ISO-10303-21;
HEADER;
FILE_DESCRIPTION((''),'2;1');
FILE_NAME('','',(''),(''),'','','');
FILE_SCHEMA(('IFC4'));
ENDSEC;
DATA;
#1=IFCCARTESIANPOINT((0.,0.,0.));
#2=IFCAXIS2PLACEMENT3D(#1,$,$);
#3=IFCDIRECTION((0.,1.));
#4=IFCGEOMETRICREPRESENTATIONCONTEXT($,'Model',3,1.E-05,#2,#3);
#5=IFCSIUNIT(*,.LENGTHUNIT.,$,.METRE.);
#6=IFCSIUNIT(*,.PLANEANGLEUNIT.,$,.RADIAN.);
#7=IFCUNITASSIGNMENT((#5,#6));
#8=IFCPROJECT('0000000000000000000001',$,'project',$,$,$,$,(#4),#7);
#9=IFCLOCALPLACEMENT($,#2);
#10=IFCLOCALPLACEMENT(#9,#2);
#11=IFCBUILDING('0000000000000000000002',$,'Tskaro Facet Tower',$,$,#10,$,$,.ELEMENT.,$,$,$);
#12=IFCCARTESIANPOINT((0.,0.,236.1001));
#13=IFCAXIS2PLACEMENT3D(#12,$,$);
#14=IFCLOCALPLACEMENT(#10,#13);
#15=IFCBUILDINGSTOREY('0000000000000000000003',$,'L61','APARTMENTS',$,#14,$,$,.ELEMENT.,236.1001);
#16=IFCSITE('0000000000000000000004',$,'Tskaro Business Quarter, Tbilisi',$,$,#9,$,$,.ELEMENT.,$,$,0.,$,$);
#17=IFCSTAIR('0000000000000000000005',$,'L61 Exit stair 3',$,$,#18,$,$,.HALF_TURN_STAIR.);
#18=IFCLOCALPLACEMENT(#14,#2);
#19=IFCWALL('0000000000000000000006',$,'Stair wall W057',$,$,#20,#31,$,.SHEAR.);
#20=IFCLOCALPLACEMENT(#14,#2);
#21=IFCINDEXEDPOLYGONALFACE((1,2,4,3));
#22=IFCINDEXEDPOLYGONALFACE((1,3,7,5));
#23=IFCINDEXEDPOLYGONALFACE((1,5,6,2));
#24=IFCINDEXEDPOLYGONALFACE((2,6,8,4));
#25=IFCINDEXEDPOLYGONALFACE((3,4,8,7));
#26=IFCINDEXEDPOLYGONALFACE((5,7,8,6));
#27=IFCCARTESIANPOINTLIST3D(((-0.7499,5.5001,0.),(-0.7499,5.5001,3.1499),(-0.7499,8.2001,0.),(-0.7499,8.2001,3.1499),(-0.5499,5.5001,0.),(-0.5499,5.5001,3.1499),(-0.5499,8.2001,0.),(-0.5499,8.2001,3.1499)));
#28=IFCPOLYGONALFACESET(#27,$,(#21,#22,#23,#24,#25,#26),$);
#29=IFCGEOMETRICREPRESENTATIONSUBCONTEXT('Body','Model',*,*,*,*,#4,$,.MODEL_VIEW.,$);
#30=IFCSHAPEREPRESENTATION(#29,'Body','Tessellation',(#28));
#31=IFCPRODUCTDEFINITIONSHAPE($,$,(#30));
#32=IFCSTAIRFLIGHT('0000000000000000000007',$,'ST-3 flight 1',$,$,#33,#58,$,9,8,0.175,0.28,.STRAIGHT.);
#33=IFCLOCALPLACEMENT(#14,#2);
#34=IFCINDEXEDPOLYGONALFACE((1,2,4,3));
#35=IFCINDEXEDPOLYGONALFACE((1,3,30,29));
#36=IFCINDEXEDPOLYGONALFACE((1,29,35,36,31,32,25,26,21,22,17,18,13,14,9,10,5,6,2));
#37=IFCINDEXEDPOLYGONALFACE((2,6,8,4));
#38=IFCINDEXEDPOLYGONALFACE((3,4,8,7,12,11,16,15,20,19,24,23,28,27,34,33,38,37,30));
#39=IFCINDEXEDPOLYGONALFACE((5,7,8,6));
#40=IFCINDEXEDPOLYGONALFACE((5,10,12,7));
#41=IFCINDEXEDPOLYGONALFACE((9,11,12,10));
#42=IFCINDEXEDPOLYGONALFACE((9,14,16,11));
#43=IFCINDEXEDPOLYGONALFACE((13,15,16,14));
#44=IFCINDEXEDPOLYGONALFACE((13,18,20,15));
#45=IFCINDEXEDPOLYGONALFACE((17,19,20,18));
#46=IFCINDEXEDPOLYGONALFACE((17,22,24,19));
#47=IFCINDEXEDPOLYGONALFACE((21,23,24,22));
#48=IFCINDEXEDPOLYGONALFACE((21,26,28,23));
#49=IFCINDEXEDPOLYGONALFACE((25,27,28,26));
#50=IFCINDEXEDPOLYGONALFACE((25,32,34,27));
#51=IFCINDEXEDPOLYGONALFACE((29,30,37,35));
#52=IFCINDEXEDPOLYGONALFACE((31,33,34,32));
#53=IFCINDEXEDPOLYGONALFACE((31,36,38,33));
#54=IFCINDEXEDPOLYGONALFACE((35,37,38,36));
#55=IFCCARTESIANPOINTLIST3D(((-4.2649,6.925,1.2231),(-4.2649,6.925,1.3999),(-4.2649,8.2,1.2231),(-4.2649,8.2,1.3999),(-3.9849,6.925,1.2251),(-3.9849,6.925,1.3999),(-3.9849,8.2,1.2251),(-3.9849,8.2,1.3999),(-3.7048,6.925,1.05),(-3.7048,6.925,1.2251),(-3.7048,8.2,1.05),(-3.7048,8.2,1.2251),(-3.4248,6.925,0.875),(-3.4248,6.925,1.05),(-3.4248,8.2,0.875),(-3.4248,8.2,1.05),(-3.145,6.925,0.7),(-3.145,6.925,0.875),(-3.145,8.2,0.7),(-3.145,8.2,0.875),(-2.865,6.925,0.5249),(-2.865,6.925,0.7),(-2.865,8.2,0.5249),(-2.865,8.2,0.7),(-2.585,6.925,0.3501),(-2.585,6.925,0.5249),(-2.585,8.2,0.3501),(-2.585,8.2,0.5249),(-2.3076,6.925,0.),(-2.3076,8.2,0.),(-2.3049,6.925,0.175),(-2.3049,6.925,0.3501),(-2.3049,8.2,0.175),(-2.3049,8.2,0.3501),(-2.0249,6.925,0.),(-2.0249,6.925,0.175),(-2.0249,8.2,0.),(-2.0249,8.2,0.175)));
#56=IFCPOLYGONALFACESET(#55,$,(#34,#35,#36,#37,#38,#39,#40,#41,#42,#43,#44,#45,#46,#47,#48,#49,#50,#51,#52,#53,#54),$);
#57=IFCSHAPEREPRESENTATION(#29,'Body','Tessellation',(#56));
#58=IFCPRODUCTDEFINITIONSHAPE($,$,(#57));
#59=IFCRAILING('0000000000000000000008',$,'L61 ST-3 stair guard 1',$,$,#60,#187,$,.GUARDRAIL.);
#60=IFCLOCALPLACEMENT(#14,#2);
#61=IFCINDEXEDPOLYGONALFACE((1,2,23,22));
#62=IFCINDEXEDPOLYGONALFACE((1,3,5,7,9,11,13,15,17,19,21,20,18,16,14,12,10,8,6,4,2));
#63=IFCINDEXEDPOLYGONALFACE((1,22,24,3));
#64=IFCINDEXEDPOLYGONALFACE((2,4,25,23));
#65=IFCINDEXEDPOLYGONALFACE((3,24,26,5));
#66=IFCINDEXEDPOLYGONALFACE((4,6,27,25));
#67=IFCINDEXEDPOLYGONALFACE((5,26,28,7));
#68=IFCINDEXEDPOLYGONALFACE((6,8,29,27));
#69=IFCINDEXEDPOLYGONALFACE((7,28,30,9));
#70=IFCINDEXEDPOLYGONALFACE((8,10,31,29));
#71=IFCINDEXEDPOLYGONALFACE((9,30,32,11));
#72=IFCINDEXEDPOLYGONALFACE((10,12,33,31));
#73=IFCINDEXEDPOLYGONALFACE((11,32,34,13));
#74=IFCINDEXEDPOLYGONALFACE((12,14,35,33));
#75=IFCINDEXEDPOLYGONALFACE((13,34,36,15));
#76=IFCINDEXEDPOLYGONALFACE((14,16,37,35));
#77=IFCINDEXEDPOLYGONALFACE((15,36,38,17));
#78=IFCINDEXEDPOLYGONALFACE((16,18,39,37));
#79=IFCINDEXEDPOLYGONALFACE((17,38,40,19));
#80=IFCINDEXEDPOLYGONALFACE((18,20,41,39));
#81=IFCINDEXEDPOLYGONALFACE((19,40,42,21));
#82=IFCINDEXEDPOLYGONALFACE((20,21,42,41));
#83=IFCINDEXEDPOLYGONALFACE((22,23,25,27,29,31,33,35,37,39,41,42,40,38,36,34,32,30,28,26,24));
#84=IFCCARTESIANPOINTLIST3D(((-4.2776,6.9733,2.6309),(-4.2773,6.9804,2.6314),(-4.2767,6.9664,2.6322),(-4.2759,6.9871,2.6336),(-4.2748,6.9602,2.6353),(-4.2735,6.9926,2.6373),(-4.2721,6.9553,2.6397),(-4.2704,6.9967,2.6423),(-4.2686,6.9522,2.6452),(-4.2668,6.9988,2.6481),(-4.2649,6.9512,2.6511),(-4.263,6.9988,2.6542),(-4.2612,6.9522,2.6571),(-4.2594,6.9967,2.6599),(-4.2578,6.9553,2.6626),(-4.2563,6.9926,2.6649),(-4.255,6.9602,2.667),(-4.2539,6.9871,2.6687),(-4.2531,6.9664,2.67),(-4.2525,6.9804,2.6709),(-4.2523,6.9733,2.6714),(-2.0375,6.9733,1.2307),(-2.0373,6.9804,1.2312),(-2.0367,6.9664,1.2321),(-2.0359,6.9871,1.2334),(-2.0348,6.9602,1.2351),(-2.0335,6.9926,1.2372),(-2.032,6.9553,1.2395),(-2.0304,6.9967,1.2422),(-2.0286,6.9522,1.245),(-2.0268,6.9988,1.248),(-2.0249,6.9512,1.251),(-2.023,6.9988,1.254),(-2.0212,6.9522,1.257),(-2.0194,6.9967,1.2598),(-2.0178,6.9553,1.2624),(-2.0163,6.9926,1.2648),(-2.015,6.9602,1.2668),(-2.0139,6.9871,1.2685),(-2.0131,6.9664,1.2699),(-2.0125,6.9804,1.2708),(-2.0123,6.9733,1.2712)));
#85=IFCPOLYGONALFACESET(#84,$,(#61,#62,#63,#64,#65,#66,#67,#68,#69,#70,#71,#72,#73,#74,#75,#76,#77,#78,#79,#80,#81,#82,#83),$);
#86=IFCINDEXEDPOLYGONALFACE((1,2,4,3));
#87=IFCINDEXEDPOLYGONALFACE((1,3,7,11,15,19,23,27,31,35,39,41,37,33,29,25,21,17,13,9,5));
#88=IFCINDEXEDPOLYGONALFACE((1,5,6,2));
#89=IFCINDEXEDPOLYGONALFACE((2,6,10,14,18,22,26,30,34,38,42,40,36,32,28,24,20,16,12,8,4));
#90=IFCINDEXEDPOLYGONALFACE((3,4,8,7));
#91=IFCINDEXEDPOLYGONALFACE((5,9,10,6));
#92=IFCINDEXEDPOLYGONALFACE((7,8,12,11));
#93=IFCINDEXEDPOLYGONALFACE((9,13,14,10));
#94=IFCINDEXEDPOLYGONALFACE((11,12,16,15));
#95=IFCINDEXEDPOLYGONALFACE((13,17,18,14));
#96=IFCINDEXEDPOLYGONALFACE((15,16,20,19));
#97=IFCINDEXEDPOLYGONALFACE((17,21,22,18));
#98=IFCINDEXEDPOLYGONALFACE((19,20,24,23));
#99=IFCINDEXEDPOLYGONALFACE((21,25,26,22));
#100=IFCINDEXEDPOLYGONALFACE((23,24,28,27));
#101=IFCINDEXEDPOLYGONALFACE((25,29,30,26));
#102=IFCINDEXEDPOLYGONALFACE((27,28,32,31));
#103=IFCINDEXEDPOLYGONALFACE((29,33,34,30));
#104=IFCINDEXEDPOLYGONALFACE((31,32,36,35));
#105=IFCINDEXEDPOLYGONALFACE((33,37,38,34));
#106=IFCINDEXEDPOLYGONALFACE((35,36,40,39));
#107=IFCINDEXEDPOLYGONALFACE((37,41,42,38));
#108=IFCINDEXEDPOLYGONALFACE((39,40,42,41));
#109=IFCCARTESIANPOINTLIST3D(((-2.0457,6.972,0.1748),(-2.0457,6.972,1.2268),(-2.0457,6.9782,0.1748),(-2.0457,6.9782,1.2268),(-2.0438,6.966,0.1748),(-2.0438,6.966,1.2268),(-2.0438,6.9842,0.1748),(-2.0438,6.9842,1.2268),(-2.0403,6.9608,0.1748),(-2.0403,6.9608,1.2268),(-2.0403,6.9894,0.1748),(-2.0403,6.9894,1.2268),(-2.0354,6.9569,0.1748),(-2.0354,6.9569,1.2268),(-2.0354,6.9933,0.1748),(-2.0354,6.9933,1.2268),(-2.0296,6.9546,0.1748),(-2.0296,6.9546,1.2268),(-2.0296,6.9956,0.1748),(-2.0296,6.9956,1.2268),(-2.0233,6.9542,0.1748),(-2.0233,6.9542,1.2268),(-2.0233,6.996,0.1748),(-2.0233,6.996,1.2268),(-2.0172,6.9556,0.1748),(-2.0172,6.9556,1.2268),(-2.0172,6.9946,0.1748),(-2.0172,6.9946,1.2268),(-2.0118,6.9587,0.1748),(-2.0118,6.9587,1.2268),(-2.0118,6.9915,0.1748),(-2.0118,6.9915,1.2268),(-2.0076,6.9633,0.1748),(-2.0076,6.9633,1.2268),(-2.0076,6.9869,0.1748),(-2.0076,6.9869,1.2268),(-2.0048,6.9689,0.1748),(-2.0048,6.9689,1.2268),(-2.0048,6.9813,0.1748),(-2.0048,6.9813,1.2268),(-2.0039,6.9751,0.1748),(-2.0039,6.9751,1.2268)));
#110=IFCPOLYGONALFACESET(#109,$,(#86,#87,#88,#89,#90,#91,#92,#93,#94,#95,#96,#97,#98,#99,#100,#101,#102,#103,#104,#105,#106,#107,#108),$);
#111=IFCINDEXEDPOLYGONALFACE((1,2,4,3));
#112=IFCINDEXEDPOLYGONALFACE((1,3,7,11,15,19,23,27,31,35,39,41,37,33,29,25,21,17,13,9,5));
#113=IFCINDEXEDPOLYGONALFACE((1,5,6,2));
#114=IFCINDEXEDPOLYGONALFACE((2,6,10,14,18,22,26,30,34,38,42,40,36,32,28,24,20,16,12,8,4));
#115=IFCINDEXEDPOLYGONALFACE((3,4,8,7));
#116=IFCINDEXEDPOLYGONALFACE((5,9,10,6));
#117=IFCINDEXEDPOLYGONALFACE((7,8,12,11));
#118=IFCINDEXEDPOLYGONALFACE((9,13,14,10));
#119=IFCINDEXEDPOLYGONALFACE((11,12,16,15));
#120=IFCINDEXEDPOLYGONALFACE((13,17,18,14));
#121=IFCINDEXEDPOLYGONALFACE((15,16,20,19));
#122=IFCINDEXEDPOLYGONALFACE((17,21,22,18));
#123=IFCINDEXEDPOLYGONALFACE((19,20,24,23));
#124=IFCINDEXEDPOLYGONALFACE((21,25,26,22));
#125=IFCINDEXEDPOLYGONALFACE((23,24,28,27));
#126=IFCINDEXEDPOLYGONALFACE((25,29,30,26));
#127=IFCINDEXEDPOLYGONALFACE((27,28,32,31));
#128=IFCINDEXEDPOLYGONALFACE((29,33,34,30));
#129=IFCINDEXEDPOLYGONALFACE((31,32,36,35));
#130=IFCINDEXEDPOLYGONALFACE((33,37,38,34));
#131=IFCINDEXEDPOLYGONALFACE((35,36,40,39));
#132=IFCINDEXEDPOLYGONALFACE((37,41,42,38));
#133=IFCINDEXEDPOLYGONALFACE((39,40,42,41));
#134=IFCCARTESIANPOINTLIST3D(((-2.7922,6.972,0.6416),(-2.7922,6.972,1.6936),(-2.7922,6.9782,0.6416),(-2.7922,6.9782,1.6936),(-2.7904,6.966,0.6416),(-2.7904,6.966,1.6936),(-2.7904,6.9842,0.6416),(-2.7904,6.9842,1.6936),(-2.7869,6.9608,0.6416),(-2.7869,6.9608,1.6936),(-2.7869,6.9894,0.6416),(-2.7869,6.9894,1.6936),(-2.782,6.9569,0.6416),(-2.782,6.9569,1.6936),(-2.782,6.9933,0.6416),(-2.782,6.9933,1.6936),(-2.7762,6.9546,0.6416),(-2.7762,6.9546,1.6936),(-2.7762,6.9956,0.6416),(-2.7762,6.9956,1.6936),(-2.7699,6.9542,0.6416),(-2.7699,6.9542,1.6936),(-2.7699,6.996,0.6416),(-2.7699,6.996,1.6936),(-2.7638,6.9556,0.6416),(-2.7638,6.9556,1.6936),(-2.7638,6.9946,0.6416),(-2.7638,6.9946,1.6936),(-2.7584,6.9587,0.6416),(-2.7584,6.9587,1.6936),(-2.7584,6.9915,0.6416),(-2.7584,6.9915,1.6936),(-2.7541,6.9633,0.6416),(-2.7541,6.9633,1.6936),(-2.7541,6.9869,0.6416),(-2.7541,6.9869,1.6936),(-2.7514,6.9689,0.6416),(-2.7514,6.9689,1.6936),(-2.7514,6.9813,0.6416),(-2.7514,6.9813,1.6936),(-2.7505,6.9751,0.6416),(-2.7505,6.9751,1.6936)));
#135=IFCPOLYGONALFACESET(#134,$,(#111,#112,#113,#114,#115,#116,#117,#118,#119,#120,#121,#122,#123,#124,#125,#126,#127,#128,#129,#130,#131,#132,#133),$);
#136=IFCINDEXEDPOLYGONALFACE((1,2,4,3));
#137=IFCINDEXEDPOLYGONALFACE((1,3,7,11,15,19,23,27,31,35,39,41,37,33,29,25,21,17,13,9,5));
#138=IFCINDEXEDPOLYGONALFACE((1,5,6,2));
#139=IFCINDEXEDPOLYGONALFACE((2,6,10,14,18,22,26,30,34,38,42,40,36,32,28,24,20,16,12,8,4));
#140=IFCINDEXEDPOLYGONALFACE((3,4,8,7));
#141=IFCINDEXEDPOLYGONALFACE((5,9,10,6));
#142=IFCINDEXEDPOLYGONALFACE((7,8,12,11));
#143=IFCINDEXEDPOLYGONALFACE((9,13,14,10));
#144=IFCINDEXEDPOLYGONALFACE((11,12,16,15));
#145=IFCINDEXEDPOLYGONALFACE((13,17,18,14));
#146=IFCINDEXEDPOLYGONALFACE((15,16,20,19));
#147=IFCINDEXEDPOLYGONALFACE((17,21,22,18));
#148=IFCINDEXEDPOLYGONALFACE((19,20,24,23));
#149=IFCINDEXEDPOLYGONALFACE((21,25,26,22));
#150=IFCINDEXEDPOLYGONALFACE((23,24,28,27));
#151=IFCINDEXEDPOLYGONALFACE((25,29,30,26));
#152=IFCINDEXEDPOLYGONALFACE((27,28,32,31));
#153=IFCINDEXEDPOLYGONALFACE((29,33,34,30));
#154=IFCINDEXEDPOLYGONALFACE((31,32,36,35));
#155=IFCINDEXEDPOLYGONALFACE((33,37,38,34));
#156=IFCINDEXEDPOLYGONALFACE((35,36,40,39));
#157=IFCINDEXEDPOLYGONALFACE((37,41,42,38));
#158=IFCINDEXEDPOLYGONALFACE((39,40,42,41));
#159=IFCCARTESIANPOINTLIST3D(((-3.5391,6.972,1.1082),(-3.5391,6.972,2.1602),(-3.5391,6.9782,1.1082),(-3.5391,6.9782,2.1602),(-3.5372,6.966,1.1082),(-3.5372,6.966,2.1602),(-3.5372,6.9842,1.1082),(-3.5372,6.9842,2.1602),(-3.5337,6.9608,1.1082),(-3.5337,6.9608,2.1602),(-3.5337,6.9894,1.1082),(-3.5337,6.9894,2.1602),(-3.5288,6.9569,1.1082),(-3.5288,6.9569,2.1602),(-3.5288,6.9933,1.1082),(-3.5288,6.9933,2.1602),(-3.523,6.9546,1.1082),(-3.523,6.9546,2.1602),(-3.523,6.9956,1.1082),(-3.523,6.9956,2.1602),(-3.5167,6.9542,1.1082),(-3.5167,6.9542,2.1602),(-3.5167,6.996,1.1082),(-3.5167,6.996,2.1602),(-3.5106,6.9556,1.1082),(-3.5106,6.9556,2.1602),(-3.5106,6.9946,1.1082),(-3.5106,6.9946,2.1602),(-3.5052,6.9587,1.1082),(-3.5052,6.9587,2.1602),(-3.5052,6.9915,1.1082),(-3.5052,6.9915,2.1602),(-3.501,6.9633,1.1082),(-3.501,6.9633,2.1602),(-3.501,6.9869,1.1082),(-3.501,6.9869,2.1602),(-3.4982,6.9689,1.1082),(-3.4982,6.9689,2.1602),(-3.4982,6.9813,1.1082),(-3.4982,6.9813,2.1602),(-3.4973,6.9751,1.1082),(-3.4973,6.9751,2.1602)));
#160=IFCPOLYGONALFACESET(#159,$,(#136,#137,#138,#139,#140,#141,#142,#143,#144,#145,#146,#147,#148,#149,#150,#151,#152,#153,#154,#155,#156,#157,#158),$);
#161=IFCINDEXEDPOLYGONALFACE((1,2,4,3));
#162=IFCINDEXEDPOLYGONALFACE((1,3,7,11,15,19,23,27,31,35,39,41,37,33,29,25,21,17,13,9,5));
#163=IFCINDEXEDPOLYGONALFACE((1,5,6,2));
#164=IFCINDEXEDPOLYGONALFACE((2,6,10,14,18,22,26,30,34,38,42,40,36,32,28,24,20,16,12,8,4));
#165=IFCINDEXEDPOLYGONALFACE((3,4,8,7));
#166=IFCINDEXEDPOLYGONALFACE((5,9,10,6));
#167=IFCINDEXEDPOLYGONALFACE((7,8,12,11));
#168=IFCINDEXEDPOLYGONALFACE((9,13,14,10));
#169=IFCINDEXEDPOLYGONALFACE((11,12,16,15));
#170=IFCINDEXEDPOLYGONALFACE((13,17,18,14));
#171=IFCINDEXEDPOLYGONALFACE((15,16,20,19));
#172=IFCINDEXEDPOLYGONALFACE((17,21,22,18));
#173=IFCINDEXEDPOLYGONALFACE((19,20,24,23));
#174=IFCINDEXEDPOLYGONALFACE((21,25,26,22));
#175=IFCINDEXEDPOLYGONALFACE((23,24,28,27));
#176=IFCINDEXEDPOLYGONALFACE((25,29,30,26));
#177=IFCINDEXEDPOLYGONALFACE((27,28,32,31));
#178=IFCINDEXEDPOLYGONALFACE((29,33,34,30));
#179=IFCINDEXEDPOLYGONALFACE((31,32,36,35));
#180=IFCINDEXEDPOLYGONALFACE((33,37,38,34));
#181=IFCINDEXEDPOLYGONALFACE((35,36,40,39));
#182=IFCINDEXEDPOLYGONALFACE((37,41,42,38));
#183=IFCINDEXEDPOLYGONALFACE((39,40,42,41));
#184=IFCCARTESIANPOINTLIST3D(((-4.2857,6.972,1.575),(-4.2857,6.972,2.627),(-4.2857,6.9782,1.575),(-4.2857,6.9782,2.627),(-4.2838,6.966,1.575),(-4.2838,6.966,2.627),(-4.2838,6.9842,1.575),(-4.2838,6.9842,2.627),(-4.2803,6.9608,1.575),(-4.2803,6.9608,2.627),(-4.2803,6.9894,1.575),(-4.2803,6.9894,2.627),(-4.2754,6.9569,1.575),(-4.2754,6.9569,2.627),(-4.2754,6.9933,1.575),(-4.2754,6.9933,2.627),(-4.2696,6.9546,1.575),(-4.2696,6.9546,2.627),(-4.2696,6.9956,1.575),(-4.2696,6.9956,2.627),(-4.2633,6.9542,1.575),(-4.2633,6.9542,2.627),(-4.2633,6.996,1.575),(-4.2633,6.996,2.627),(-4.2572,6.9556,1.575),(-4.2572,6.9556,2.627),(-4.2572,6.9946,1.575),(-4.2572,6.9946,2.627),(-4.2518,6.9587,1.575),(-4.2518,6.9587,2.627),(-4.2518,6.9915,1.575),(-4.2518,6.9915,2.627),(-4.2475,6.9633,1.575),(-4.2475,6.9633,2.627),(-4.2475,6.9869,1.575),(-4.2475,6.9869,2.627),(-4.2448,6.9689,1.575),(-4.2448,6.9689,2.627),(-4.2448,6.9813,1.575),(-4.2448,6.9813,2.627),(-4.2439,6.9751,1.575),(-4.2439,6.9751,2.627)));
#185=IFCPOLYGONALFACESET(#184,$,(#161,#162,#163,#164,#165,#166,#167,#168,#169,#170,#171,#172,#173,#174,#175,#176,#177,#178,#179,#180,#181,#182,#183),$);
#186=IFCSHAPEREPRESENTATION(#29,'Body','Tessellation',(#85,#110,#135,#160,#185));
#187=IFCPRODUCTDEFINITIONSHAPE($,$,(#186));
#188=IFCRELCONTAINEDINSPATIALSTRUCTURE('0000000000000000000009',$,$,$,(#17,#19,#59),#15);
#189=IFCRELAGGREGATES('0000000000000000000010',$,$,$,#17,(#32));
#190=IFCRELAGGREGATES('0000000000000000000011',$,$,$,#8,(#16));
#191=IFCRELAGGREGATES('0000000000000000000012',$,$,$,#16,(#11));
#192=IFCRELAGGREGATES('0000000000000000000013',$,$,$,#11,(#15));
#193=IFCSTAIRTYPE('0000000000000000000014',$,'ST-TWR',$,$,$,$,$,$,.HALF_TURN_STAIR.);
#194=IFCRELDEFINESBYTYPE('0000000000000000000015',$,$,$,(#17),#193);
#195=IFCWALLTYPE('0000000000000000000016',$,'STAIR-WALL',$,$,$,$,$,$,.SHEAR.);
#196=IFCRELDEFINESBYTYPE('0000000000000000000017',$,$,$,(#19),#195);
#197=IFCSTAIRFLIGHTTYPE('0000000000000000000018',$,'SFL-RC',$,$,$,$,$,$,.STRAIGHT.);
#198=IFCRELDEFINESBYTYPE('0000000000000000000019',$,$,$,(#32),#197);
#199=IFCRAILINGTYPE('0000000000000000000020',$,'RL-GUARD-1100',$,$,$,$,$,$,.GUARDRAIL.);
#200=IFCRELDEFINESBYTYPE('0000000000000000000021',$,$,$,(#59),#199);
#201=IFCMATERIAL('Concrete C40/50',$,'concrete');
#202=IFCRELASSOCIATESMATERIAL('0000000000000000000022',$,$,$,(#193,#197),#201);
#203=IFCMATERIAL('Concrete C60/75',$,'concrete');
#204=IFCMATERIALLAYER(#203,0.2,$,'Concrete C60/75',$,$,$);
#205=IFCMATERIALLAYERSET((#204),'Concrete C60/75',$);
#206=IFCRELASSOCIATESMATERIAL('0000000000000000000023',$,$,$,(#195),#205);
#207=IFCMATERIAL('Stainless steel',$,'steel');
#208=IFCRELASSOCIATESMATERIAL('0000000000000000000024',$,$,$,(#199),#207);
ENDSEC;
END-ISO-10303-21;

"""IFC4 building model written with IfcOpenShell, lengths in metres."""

from ifc_helpers import new_model, si_unit, direction, frame, frame_2d, origin, origin_2d, place, context, subcontext, project, spatial, polyline, rectangle, circle, outline, extrude, material, layer, layer_set, type_object, element, aggregate, save


model = new_model("IFC4")

# Units and contexts
model_context = context("Model", 3, precision=1e-05, world=origin(), true_north=direction((0.0, 1.0)))
body_context = subcontext(model_context, "Body", "Model", "MODEL_VIEW")
ifc_project = project(units=[si_unit("LENGTHUNIT", "METRE"), si_unit("PLANEANGLEUNIT", "RADIAN")], contexts=[model_context])

# Site, building, storey
site_placement = place(None, origin())
site = spatial("IfcSite", under=ifc_project, at=site_placement, Name="Tskaro Business Quarter, Tbilisi", CompositionType="ELEMENT", RefElevation=0.0)
building_placement = place(site_placement, origin())
building = spatial("IfcBuilding", under=site, at=building_placement, Name="Tskaro Facet Tower", CompositionType="ELEMENT")
storey_placement = place(building_placement, frame((0.0, 0.0, 236.1001)))
storey = spatial("IfcBuildingStorey", under=building, at=storey_placement, Name="L61", Description="APARTMENTS", CompositionType="ELEMENT", Elevation=236.1001)

# Stair
ifc_material_1 = material(Name="Concrete C40/50", Category="concrete")
stair_type = type_object("IfcStairType", Name="ST-TWR", PredefinedType="HALF_TURN_STAIR", material=ifc_material_1)
stair_1_placement = place(storey_placement, origin())
stair_1 = element("IfcStair", 1, at=stair_1_placement, inside=storey, type_object=stair_type, Name="L61 Exit stair 3", PredefinedType="HALF_TURN_STAIR")

# Shared definitions
ifc_material_2 = material(Name="Concrete C60/75", Category="concrete")

# Wall
ifc_layer_1 = layer(ifc_material_2, 0.2, Name="Concrete C60/75")
ifc_layer_set_1 = layer_set([ifc_layer_1], Name="Concrete C60/75")
wall_type_1 = type_object("IfcWallType", Name="STAIR-WALL", PredefinedType="SHEAR", material=ifc_layer_set_1)
wall_1_placement = place(storey_placement, frame((-0.6499, 5.5, 0.0), z_axis=(0.0, 0.0, 1.0), x_axis=(0.0, 1.0, 0.0)))
element("IfcWall", 2, at=wall_1_placement, inside=storey, type_object=wall_type_1, Name="Stair wall W057", PredefinedType="SHEAR", context=body_context, shape_type="SweptSolid", body=[
    extrude(rectangle(XDim=2.7, YDim=0.2, at=frame_2d((1.3501, 0.0))), origin(), (0.0, 0.0, 1.0), 3.1499),
])

# Stair flight
stair_flight_type = type_object("IfcStairFlightType", Name="SFL-RC", PredefinedType="STRAIGHT", material=ifc_material_1)
stair_flight_placement = place(storey_placement, frame((-2.0249, 7.5625, 0.0), z_axis=(0.0, 0.0, 1.0), x_axis=(-1.0, 0.0, 0.0)))
stair_flight = element("IfcStairFlight", 3, at=stair_flight_placement, type_object=stair_flight_type, Name="ST-3 flight 1", NumberOfRisers=9, NumberOfTreads=8, PredefinedType="STRAIGHT", RiserHeight=0.175, TreadLength=0.28, context=body_context, shape_type="SweptSolid", body=[
    extrude(outline(polyline([(0.0, 0.0), (0.0, 0.175), (0.28, 0.175), (0.28, 0.3501), (0.5601, 0.3501), (0.5601, 0.5249), (0.8401, 0.5249), (0.8401, 0.7), (1.1201, 0.7), (1.1201, 0.875), (1.3999, 0.875), (1.3999, 1.05), (1.6799, 1.05), (1.6799, 1.2251), (1.96, 1.2251), (1.96, 1.3999), (2.24, 1.3999), (2.24, 1.575), (2.24, 1.2231), (0.2827, 0.0), (0.0, 0.0)])), frame((0.0, 0.6375, 0.0), z_axis=(0.0, -1.0, 0.0), x_axis=(1.0, 0.0, 0.0)), (0.0, 0.0, 1.0), 1.2749),
])
aggregate(stair_1, [stair_flight])

# Railing
ifc_material_3 = material(Name="Stainless steel", Category="steel")
railing_type_1 = type_object("IfcRailingType", Name="RL-GUARD-1100", PredefinedType="GUARDRAIL", material=ifc_material_3)
railing_1_placement = place(storey_placement, frame((-2.0249, 6.9751, 0.1748)))
element("IfcRailing", 4, at=railing_1_placement, inside=storey, type_object=railing_type_1, Name="L61 ST-3 stair guard 1", PredefinedType="GUARDRAIL", context=body_context, shape_type="SweptSolid", body=[
    extrude(circle(Radius=0.0239, at=origin_2d()), frame((0.0, 0.0, 1.0762), z_axis=(-0.847972, 0.0, 0.53004), x_axis=(0.0, -1.0, 0.0)), (0.0, 0.0, 1.0), 2.6416),
    extrude(circle(Radius=0.021, at=origin_2d()), origin(), (0.0, 0.0, 1.0), 1.052),
    extrude(circle(Radius=0.021, at=origin_2d()), frame((-0.7466, 0.0, 0.4668)), (0.0, 0.0, 1.0), 1.052),
    extrude(circle(Radius=0.021, at=origin_2d()), frame((-1.4934, 0.0, 0.9333)), (0.0, 0.0, 1.0), 1.052),
    extrude(circle(Radius=0.021, at=origin_2d()), frame((-2.24, 0.0, 1.4001)), (0.0, 0.0, 1.0), 1.052),
])

save(model, "model.ifc")
